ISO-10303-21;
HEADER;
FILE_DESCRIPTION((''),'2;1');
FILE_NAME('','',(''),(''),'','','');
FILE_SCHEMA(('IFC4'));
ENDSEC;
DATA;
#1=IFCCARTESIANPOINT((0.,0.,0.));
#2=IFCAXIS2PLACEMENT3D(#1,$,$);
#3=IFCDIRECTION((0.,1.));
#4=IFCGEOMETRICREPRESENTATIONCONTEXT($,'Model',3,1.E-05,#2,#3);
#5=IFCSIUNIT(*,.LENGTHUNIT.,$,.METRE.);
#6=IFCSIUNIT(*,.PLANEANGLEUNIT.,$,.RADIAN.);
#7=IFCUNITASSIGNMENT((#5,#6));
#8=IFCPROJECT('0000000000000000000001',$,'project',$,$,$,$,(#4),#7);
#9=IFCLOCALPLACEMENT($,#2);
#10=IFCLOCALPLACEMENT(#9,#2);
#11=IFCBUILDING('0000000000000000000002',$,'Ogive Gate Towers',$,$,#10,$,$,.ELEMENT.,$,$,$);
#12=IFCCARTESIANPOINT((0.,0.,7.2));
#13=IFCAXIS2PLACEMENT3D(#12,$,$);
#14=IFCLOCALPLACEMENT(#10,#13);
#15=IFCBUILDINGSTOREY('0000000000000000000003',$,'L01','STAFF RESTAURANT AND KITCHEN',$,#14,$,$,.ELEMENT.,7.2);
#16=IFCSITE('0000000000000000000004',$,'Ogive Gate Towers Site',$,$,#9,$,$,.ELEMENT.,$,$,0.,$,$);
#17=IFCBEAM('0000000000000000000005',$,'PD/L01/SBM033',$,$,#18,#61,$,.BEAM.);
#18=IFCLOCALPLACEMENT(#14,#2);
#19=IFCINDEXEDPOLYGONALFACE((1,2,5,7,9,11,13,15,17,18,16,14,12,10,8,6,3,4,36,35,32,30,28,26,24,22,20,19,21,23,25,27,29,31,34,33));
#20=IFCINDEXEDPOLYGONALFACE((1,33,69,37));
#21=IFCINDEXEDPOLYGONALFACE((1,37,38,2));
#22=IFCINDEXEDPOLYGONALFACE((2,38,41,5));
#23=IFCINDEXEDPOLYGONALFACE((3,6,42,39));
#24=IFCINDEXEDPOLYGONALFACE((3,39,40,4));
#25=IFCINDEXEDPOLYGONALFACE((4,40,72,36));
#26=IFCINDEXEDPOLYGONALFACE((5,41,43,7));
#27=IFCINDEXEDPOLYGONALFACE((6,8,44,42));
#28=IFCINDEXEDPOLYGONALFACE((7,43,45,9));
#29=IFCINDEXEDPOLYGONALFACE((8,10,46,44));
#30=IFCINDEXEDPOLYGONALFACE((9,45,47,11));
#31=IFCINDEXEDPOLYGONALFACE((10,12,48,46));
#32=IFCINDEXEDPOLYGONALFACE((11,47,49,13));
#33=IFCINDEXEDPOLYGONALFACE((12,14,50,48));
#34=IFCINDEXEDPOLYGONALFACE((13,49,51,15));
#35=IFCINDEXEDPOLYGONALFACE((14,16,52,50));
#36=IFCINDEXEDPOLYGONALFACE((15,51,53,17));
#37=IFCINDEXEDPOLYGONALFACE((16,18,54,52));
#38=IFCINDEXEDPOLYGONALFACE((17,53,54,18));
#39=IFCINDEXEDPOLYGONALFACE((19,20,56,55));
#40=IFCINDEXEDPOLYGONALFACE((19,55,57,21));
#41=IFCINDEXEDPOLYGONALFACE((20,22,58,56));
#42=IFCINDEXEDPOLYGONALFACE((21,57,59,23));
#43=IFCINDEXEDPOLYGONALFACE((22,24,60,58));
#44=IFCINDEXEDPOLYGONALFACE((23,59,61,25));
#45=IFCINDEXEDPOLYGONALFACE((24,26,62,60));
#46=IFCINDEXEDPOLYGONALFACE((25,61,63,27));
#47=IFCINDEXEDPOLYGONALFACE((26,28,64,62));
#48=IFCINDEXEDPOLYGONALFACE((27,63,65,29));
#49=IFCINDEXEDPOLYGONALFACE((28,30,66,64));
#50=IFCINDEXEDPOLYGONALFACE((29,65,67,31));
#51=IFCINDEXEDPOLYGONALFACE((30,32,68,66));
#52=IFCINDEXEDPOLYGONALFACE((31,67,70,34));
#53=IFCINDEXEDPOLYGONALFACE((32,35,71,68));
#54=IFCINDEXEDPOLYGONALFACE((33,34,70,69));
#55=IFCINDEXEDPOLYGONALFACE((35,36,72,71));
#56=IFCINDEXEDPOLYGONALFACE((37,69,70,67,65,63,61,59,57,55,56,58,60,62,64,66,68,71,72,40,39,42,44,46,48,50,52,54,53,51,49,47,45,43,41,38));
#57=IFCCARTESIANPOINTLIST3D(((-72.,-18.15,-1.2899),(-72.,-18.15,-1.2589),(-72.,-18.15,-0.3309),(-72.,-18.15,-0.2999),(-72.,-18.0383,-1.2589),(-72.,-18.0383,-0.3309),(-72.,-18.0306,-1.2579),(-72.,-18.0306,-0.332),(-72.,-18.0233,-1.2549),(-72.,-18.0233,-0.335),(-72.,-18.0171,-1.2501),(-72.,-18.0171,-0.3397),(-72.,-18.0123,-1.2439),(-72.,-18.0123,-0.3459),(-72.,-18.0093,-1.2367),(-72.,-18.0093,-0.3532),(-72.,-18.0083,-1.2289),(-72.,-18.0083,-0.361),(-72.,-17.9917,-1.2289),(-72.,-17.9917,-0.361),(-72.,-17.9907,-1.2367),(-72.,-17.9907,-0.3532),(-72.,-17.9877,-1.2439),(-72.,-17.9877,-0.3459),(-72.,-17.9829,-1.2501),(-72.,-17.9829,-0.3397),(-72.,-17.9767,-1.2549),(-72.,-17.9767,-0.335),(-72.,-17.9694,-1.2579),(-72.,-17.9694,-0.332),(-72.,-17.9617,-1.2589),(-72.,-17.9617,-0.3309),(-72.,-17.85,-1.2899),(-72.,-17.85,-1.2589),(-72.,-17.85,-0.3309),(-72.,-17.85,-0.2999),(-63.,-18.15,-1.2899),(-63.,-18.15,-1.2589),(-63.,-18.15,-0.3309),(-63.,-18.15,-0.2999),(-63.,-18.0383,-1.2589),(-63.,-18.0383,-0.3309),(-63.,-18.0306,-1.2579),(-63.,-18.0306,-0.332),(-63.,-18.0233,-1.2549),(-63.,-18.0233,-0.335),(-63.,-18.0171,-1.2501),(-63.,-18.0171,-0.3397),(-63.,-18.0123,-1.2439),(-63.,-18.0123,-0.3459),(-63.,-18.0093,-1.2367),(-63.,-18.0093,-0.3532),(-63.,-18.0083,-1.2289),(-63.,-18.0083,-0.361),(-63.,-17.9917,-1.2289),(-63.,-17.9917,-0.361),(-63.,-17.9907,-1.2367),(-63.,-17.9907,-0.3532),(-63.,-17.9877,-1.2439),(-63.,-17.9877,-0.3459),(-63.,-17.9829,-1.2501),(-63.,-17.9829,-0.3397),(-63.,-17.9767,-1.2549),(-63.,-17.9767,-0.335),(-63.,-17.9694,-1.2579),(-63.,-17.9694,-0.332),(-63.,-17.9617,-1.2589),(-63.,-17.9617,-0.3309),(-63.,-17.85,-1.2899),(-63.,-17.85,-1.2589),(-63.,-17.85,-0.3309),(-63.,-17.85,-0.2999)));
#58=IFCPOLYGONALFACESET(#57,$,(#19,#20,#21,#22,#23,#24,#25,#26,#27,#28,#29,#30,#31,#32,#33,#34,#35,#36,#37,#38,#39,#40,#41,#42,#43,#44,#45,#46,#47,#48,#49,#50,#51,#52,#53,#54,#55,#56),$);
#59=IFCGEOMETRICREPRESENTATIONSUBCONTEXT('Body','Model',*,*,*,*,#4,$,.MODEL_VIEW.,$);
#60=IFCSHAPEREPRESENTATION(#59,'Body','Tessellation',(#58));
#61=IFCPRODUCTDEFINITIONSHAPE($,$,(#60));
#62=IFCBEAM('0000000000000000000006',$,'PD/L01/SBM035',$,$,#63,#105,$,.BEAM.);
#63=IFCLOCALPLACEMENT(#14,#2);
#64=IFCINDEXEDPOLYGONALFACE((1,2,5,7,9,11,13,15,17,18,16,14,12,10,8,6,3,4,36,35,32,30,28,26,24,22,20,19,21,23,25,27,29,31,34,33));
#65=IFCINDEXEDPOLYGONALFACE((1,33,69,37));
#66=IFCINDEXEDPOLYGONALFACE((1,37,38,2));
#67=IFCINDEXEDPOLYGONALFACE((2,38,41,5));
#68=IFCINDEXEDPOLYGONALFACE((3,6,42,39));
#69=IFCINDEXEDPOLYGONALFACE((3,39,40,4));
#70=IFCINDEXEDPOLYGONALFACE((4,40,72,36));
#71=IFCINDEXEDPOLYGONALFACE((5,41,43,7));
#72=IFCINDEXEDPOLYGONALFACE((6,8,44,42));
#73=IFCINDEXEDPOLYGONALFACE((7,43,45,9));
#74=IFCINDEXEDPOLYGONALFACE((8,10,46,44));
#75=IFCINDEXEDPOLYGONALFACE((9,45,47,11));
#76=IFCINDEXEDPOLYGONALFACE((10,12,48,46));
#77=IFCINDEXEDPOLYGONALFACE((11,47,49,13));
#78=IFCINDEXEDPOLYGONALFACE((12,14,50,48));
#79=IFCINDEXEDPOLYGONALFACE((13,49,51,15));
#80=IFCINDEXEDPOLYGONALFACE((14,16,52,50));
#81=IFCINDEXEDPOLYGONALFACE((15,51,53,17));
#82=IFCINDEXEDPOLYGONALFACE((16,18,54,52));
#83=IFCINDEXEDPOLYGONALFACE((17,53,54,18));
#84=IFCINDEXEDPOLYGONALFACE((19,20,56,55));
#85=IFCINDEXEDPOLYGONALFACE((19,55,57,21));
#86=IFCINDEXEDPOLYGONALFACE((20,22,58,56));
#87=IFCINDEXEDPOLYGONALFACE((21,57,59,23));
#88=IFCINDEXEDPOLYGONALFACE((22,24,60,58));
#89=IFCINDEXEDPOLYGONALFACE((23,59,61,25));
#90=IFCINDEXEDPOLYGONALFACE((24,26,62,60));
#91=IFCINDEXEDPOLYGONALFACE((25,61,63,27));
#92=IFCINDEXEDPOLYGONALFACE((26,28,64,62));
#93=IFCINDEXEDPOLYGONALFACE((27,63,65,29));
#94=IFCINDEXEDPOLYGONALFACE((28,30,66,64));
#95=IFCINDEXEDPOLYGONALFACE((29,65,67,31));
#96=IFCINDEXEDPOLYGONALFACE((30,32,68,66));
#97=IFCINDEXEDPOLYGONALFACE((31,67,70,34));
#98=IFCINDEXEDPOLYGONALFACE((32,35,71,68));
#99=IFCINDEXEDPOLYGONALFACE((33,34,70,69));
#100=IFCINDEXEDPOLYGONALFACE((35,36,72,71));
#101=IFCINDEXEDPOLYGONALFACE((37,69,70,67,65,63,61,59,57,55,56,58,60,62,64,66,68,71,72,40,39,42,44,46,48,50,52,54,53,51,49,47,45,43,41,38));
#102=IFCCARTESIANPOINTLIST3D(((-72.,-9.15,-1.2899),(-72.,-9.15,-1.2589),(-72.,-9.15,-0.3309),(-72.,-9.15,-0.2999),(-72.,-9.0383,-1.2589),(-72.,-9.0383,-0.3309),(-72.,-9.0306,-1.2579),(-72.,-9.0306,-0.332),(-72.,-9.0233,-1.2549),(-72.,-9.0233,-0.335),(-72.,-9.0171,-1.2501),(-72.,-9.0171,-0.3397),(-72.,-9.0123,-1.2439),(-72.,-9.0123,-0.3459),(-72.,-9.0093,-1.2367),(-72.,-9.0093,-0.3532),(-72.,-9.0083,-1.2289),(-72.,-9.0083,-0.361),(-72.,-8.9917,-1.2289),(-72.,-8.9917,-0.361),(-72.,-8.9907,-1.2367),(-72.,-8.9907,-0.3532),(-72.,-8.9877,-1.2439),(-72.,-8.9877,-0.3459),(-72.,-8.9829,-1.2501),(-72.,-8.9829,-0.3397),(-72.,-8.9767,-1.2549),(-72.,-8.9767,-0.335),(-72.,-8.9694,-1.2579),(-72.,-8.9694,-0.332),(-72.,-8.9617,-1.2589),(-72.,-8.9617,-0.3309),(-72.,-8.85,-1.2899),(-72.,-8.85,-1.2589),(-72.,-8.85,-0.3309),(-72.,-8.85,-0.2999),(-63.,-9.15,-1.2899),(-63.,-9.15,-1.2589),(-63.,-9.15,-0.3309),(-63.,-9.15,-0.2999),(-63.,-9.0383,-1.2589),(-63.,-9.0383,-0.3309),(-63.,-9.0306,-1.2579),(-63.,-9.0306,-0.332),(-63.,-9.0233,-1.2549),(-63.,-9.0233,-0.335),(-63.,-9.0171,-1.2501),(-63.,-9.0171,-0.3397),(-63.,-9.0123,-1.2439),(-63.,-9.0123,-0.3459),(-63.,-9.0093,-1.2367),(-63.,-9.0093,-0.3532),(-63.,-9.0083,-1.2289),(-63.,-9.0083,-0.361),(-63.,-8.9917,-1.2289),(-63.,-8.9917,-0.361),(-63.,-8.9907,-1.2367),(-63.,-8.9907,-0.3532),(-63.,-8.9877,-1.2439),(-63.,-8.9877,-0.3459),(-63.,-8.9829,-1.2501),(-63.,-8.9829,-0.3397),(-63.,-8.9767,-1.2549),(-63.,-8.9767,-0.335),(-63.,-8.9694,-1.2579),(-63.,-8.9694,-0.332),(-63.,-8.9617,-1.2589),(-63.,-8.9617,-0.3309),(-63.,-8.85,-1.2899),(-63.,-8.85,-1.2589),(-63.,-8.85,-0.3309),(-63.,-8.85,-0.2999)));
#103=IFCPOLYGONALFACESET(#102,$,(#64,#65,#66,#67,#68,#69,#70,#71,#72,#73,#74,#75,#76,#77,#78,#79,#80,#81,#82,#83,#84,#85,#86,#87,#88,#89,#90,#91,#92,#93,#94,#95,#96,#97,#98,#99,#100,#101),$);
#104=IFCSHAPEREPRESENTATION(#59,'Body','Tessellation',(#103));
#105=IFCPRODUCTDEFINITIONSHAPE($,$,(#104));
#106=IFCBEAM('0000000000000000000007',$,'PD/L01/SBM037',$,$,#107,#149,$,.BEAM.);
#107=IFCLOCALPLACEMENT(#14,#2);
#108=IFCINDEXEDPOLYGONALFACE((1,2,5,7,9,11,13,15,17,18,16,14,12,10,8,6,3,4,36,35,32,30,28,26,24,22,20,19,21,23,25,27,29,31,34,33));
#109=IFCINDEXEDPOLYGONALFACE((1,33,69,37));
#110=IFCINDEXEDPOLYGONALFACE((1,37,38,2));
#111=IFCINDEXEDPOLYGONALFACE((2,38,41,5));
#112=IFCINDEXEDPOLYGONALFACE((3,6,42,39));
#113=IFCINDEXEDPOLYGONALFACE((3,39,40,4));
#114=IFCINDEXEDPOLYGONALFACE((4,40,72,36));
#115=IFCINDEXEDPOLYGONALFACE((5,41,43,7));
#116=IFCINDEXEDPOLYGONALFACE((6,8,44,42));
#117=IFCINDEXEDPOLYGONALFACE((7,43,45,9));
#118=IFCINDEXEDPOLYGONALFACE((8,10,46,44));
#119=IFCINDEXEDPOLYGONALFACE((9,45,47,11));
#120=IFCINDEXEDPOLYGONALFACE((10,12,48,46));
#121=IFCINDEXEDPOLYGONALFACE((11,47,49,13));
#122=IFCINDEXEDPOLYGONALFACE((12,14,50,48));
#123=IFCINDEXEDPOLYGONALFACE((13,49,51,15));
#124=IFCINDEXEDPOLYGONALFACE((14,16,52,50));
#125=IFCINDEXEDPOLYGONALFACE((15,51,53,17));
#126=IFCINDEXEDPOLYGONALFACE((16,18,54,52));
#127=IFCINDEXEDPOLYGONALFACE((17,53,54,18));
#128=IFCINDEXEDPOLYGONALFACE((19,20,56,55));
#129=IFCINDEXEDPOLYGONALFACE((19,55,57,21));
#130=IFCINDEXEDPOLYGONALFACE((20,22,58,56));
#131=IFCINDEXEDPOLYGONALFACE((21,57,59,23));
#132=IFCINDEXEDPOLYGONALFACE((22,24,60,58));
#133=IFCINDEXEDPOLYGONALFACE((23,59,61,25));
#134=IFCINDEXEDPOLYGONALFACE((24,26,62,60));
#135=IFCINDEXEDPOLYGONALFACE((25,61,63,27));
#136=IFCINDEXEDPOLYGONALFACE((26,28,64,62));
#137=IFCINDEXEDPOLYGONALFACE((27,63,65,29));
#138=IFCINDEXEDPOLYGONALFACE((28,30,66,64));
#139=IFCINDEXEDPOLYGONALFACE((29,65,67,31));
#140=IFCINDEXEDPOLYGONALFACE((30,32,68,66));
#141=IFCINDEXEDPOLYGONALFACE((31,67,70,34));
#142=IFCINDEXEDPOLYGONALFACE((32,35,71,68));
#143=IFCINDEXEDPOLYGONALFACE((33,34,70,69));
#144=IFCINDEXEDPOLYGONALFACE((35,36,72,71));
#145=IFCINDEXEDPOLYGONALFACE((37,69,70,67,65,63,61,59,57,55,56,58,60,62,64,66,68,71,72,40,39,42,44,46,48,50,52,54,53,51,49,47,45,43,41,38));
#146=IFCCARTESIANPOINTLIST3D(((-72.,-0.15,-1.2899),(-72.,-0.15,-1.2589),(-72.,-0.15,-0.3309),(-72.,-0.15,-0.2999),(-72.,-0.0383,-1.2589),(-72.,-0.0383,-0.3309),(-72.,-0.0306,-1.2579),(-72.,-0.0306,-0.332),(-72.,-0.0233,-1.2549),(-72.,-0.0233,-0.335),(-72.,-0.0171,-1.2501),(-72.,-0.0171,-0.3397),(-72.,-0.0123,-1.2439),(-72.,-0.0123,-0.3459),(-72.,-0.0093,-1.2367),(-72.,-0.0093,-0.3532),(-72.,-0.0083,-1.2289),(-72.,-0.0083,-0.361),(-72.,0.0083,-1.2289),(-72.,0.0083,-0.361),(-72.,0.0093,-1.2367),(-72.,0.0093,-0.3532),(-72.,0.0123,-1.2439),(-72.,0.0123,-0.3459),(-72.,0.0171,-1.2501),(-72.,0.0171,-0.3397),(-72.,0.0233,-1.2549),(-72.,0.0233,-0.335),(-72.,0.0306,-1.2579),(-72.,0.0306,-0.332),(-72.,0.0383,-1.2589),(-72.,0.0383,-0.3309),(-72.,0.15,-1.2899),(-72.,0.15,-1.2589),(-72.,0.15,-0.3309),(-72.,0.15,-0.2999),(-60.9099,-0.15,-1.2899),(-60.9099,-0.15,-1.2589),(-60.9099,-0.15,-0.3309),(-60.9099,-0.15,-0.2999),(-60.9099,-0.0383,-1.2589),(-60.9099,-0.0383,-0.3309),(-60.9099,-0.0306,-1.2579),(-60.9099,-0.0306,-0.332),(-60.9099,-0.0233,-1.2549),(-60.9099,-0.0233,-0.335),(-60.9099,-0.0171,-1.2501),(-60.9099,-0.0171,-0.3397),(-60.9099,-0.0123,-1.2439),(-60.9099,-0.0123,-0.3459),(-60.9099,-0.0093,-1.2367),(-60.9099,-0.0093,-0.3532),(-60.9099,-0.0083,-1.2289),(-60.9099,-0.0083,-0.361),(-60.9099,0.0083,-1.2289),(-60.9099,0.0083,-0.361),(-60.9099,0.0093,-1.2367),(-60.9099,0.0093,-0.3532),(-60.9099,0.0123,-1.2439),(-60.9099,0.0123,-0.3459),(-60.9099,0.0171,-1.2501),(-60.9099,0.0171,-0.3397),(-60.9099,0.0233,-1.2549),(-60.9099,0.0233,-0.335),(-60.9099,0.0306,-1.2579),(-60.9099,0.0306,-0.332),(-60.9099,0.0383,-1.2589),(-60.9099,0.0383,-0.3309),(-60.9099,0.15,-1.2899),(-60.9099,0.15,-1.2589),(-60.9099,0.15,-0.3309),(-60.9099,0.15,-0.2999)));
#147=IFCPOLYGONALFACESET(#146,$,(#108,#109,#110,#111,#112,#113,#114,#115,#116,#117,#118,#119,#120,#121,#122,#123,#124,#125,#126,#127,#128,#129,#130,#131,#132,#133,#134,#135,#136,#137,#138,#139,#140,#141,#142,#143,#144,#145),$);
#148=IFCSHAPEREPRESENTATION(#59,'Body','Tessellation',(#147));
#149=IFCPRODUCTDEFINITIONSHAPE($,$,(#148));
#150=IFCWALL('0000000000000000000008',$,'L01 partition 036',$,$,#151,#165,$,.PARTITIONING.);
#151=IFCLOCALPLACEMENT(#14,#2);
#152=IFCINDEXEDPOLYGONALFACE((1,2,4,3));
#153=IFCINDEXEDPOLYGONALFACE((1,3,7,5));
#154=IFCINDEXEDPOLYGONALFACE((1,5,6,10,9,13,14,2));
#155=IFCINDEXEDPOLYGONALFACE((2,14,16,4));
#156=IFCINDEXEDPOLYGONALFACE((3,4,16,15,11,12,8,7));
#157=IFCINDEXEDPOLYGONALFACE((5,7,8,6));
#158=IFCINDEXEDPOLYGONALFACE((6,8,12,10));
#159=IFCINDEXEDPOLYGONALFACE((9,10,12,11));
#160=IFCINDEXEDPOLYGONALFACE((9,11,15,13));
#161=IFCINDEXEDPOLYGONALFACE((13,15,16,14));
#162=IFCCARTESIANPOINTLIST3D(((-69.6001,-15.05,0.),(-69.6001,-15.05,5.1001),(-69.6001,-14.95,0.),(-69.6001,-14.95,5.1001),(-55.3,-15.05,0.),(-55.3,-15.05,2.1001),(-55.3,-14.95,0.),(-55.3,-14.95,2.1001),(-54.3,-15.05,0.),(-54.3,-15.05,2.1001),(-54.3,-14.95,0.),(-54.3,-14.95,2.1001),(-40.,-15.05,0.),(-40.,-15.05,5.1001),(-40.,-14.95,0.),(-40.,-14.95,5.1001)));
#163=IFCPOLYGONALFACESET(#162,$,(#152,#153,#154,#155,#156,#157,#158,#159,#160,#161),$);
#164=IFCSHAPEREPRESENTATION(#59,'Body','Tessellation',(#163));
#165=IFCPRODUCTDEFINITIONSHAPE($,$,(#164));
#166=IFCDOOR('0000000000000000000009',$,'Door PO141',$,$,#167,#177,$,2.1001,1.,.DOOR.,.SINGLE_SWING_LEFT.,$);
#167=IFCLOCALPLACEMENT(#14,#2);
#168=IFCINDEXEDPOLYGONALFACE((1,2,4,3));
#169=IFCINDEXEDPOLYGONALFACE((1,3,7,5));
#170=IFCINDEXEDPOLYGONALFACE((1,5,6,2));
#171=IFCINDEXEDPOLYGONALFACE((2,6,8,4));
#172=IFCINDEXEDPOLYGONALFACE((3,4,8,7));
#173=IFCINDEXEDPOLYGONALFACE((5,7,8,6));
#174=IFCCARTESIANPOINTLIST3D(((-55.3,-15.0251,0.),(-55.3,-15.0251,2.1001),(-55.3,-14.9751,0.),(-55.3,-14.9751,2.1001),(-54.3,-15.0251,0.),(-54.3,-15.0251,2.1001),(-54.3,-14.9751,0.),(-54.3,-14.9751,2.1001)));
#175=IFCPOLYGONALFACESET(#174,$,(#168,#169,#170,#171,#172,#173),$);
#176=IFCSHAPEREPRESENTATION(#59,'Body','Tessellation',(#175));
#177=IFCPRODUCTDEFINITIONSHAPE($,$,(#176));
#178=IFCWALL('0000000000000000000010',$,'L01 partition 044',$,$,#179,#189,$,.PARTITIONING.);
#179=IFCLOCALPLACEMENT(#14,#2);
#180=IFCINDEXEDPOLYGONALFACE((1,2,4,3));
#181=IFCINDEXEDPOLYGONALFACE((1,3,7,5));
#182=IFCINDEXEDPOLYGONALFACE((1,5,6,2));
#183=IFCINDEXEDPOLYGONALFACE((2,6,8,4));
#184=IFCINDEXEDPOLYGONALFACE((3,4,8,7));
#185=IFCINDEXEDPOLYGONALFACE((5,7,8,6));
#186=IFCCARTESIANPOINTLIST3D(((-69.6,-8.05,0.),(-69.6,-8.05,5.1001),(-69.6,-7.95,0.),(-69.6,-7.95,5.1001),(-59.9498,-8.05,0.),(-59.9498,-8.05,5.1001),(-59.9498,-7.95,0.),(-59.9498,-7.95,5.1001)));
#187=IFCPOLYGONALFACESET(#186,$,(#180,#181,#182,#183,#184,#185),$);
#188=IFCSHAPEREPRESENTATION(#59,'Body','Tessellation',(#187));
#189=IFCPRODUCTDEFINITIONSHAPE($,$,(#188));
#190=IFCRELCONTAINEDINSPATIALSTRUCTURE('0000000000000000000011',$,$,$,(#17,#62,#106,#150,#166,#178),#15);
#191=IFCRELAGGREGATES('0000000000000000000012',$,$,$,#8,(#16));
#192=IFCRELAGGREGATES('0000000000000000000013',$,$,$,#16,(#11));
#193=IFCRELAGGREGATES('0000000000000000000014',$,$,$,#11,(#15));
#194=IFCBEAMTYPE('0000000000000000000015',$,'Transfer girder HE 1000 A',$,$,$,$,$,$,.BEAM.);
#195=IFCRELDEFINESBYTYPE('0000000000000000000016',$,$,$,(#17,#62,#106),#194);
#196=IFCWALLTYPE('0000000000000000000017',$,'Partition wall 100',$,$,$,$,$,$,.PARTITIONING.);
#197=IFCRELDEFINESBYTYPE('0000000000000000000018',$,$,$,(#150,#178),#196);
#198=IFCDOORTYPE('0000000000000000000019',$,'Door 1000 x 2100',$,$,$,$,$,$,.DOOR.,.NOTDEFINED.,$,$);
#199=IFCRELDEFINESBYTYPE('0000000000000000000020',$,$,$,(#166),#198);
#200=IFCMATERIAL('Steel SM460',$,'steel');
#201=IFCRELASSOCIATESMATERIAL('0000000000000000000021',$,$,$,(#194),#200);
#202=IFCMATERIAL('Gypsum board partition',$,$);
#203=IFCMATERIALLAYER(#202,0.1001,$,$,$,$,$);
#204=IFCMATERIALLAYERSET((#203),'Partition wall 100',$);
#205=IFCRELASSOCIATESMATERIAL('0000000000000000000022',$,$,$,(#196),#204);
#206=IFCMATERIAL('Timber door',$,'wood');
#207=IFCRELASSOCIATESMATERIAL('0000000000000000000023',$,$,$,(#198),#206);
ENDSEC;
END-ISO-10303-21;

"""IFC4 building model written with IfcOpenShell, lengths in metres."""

from ifc_helpers import new_model, si_unit, direction, frame, frame_2d, origin, origin_2d, place, context, subcontext, project, spatial, rectangle, i_section, extrude, material, layer, layer_set, material_profile, profile_set, type_object, element, fill, save


model = new_model("IFC4")

# Units and contexts
model_context = context("Model", 3, precision=1e-05, world=origin(), true_north=direction((0.0, 1.0)))
body_context = subcontext(model_context, "Body", "Model", "MODEL_VIEW")
ifc_project = project(units=[si_unit("LENGTHUNIT", "METRE"), si_unit("PLANEANGLEUNIT", "RADIAN")], contexts=[model_context])

# Site, building, storey
site_placement = place(None, origin())
site = spatial("IfcSite", under=ifc_project, at=site_placement, Name="Ogive Gate Towers Site", CompositionType="ELEMENT", RefElevation=0.0)
building_placement = place(site_placement, origin())
building = spatial("IfcBuilding", under=site, at=building_placement, Name="Ogive Gate Towers", CompositionType="ELEMENT")
storey_placement = place(building_placement, frame((0.0, 0.0, 7.2)))
storey = spatial("IfcBuildingStorey", under=building, at=storey_placement, Name="L01", Description="STAFF RESTAURANT AND KITCHEN", CompositionType="ELEMENT", Elevation=7.2)

# Beams
ifc_material_1 = material(Name="Steel SM460", Category="steel")
ifc_material_profile_1 = material_profile(ifc_material_1, i_section(OverallWidth=0.3, OverallDepth=0.99, WebThickness=0.0166, FlangeThickness=0.031, FilletRadius=0.03, at=origin_2d()), Name="HE 1000 A")
ifc_profile_set_1 = profile_set([ifc_material_profile_1], Name="Steel SM460")
beam_type_1 = type_object("IfcBeamType", Name="Transfer girder HE 1000 A", PredefinedType="BEAM", material=ifc_profile_set_1)
for number, where, z_axis, x_axis, name in (
    (1, (-72.0, -18.0, -0.7949), (1.0, 0.0, 0.0), (0.0, 1.0, 0.0), "PD/L01/SBM033"),
    (2, (-72.0, -9.0, -0.7949), (1.0, 0.0, 0.0), (0.0, 1.0, 0.0), "PD/L01/SBM035"),
):
    element("IfcBeam", number, at=place(storey_placement, frame(where, z_axis=z_axis, x_axis=x_axis)), inside=storey, type_object=beam_type_1, Name=name, PredefinedType="BEAM", context=body_context, shape_type="SweptSolid", body=[
        extrude(i_section(OverallWidth=0.3, OverallDepth=0.99, WebThickness=0.0166, FlangeThickness=0.031, FilletRadius=0.03, at=origin_2d()), origin(), (0.0, 0.0, 1.0), 9.0),
    ])
beam_placement = place(storey_placement, frame((-72.0, 0.0, -0.7949), z_axis=(1.0, 0.0, 0.0), x_axis=(0.0, 1.0, 0.0)))
element("IfcBeam", 3, at=beam_placement, inside=storey, type_object=beam_type_1, Name="PD/L01/SBM037", PredefinedType="BEAM", context=body_context, shape_type="SweptSolid", body=[
    extrude(i_section(OverallWidth=0.3, OverallDepth=0.99, WebThickness=0.0166, FlangeThickness=0.031, FilletRadius=0.03, at=origin_2d()), origin(), (0.0, 0.0, 1.0), 11.0901),
])

# Wall, opening, door
ifc_material_2 = material(Name="Gypsum board partition")
ifc_layer_1 = layer(ifc_material_2, 0.1001)
ifc_layer_set_1 = layer_set([ifc_layer_1], Name="Partition wall 100")
wall_type_1 = type_object("IfcWallType", Name="Partition wall 100", PredefinedType="PARTITIONING", material=ifc_layer_set_1)
wall_1_placement = place(storey_placement, frame((-69.6001, -15.0, 0.0), z_axis=(0.0, 0.0, 1.0), x_axis=(1.0, 0.0, 0.0)))
wall_1 = element("IfcWall", 4, at=wall_1_placement, inside=storey, type_object=wall_type_1, Name="L01 partition 036", PredefinedType="PARTITIONING", context=body_context, shape_type="SweptSolid", body=[
    extrude(rectangle(XDim=29.6001, YDim=0.1001, at=frame_2d((14.8, 0.0))), origin(), (0.0, 0.0, 1.0), 5.1001),
])
opening_1_placement = place(wall_1_placement, frame((14.3, 0.0, 0.0)))
opening_1 = element("IfcOpeningElement", 5, at=opening_1_placement, cuts=wall_1, PredefinedType="OPENING", context=body_context, shape_type="SweptSolid", body=[
    extrude(rectangle(XDim=1.0, YDim=2.1001, at=frame_2d((0.5, 1.05))), frame((0.0, 0.0601, 0.0), z_axis=(0.0, -1.0, 0.0), x_axis=(1.0, 0.0, 0.0)), (0.0, 0.0, 1.0), 0.1201),
])
ifc_material_3 = material(Name="Timber door", Category="wood")
door_type = type_object("IfcDoorType", Name="Door 1000 x 2100", OperationType="NOTDEFINED", PredefinedType="DOOR", material=ifc_material_3)
door_placement = place(opening_1_placement, origin())
door = element("IfcDoor", 6, at=door_placement, inside=storey, type_object=door_type, Name="Door PO141", OperationType="SINGLE_SWING_LEFT", OverallHeight=2.1001, OverallWidth=1.0, PredefinedType="DOOR", context=body_context, shape_type="SweptSolid", body=[
    extrude(rectangle(XDim=1.0, YDim=2.1001, at=frame_2d((0.5, 1.05))), frame((0.0, 0.0249, 0.0), z_axis=(0.0, -1.0, 0.0), x_axis=(1.0, 0.0, 0.0)), (0.0, 0.0, 1.0), 0.05),
])
fill(opening_1, door)

# Wall
wall_2_placement = place(storey_placement, frame((-69.6001, -8.0, 0.0), z_axis=(0.0, 0.0, 1.0), x_axis=(1.0, 0.0, 0.0)))
element("IfcWall", 7, at=wall_2_placement, inside=storey, type_object=wall_type_1, Name="L01 partition 044", PredefinedType="PARTITIONING", context=body_context, shape_type="SweptSolid", body=[
    extrude(rectangle(XDim=9.6501, YDim=0.1001, at=frame_2d((4.8252, 0.0))), origin(), (0.0, 0.0, 1.0), 5.1001),
])

save(model, "model.ifc")
